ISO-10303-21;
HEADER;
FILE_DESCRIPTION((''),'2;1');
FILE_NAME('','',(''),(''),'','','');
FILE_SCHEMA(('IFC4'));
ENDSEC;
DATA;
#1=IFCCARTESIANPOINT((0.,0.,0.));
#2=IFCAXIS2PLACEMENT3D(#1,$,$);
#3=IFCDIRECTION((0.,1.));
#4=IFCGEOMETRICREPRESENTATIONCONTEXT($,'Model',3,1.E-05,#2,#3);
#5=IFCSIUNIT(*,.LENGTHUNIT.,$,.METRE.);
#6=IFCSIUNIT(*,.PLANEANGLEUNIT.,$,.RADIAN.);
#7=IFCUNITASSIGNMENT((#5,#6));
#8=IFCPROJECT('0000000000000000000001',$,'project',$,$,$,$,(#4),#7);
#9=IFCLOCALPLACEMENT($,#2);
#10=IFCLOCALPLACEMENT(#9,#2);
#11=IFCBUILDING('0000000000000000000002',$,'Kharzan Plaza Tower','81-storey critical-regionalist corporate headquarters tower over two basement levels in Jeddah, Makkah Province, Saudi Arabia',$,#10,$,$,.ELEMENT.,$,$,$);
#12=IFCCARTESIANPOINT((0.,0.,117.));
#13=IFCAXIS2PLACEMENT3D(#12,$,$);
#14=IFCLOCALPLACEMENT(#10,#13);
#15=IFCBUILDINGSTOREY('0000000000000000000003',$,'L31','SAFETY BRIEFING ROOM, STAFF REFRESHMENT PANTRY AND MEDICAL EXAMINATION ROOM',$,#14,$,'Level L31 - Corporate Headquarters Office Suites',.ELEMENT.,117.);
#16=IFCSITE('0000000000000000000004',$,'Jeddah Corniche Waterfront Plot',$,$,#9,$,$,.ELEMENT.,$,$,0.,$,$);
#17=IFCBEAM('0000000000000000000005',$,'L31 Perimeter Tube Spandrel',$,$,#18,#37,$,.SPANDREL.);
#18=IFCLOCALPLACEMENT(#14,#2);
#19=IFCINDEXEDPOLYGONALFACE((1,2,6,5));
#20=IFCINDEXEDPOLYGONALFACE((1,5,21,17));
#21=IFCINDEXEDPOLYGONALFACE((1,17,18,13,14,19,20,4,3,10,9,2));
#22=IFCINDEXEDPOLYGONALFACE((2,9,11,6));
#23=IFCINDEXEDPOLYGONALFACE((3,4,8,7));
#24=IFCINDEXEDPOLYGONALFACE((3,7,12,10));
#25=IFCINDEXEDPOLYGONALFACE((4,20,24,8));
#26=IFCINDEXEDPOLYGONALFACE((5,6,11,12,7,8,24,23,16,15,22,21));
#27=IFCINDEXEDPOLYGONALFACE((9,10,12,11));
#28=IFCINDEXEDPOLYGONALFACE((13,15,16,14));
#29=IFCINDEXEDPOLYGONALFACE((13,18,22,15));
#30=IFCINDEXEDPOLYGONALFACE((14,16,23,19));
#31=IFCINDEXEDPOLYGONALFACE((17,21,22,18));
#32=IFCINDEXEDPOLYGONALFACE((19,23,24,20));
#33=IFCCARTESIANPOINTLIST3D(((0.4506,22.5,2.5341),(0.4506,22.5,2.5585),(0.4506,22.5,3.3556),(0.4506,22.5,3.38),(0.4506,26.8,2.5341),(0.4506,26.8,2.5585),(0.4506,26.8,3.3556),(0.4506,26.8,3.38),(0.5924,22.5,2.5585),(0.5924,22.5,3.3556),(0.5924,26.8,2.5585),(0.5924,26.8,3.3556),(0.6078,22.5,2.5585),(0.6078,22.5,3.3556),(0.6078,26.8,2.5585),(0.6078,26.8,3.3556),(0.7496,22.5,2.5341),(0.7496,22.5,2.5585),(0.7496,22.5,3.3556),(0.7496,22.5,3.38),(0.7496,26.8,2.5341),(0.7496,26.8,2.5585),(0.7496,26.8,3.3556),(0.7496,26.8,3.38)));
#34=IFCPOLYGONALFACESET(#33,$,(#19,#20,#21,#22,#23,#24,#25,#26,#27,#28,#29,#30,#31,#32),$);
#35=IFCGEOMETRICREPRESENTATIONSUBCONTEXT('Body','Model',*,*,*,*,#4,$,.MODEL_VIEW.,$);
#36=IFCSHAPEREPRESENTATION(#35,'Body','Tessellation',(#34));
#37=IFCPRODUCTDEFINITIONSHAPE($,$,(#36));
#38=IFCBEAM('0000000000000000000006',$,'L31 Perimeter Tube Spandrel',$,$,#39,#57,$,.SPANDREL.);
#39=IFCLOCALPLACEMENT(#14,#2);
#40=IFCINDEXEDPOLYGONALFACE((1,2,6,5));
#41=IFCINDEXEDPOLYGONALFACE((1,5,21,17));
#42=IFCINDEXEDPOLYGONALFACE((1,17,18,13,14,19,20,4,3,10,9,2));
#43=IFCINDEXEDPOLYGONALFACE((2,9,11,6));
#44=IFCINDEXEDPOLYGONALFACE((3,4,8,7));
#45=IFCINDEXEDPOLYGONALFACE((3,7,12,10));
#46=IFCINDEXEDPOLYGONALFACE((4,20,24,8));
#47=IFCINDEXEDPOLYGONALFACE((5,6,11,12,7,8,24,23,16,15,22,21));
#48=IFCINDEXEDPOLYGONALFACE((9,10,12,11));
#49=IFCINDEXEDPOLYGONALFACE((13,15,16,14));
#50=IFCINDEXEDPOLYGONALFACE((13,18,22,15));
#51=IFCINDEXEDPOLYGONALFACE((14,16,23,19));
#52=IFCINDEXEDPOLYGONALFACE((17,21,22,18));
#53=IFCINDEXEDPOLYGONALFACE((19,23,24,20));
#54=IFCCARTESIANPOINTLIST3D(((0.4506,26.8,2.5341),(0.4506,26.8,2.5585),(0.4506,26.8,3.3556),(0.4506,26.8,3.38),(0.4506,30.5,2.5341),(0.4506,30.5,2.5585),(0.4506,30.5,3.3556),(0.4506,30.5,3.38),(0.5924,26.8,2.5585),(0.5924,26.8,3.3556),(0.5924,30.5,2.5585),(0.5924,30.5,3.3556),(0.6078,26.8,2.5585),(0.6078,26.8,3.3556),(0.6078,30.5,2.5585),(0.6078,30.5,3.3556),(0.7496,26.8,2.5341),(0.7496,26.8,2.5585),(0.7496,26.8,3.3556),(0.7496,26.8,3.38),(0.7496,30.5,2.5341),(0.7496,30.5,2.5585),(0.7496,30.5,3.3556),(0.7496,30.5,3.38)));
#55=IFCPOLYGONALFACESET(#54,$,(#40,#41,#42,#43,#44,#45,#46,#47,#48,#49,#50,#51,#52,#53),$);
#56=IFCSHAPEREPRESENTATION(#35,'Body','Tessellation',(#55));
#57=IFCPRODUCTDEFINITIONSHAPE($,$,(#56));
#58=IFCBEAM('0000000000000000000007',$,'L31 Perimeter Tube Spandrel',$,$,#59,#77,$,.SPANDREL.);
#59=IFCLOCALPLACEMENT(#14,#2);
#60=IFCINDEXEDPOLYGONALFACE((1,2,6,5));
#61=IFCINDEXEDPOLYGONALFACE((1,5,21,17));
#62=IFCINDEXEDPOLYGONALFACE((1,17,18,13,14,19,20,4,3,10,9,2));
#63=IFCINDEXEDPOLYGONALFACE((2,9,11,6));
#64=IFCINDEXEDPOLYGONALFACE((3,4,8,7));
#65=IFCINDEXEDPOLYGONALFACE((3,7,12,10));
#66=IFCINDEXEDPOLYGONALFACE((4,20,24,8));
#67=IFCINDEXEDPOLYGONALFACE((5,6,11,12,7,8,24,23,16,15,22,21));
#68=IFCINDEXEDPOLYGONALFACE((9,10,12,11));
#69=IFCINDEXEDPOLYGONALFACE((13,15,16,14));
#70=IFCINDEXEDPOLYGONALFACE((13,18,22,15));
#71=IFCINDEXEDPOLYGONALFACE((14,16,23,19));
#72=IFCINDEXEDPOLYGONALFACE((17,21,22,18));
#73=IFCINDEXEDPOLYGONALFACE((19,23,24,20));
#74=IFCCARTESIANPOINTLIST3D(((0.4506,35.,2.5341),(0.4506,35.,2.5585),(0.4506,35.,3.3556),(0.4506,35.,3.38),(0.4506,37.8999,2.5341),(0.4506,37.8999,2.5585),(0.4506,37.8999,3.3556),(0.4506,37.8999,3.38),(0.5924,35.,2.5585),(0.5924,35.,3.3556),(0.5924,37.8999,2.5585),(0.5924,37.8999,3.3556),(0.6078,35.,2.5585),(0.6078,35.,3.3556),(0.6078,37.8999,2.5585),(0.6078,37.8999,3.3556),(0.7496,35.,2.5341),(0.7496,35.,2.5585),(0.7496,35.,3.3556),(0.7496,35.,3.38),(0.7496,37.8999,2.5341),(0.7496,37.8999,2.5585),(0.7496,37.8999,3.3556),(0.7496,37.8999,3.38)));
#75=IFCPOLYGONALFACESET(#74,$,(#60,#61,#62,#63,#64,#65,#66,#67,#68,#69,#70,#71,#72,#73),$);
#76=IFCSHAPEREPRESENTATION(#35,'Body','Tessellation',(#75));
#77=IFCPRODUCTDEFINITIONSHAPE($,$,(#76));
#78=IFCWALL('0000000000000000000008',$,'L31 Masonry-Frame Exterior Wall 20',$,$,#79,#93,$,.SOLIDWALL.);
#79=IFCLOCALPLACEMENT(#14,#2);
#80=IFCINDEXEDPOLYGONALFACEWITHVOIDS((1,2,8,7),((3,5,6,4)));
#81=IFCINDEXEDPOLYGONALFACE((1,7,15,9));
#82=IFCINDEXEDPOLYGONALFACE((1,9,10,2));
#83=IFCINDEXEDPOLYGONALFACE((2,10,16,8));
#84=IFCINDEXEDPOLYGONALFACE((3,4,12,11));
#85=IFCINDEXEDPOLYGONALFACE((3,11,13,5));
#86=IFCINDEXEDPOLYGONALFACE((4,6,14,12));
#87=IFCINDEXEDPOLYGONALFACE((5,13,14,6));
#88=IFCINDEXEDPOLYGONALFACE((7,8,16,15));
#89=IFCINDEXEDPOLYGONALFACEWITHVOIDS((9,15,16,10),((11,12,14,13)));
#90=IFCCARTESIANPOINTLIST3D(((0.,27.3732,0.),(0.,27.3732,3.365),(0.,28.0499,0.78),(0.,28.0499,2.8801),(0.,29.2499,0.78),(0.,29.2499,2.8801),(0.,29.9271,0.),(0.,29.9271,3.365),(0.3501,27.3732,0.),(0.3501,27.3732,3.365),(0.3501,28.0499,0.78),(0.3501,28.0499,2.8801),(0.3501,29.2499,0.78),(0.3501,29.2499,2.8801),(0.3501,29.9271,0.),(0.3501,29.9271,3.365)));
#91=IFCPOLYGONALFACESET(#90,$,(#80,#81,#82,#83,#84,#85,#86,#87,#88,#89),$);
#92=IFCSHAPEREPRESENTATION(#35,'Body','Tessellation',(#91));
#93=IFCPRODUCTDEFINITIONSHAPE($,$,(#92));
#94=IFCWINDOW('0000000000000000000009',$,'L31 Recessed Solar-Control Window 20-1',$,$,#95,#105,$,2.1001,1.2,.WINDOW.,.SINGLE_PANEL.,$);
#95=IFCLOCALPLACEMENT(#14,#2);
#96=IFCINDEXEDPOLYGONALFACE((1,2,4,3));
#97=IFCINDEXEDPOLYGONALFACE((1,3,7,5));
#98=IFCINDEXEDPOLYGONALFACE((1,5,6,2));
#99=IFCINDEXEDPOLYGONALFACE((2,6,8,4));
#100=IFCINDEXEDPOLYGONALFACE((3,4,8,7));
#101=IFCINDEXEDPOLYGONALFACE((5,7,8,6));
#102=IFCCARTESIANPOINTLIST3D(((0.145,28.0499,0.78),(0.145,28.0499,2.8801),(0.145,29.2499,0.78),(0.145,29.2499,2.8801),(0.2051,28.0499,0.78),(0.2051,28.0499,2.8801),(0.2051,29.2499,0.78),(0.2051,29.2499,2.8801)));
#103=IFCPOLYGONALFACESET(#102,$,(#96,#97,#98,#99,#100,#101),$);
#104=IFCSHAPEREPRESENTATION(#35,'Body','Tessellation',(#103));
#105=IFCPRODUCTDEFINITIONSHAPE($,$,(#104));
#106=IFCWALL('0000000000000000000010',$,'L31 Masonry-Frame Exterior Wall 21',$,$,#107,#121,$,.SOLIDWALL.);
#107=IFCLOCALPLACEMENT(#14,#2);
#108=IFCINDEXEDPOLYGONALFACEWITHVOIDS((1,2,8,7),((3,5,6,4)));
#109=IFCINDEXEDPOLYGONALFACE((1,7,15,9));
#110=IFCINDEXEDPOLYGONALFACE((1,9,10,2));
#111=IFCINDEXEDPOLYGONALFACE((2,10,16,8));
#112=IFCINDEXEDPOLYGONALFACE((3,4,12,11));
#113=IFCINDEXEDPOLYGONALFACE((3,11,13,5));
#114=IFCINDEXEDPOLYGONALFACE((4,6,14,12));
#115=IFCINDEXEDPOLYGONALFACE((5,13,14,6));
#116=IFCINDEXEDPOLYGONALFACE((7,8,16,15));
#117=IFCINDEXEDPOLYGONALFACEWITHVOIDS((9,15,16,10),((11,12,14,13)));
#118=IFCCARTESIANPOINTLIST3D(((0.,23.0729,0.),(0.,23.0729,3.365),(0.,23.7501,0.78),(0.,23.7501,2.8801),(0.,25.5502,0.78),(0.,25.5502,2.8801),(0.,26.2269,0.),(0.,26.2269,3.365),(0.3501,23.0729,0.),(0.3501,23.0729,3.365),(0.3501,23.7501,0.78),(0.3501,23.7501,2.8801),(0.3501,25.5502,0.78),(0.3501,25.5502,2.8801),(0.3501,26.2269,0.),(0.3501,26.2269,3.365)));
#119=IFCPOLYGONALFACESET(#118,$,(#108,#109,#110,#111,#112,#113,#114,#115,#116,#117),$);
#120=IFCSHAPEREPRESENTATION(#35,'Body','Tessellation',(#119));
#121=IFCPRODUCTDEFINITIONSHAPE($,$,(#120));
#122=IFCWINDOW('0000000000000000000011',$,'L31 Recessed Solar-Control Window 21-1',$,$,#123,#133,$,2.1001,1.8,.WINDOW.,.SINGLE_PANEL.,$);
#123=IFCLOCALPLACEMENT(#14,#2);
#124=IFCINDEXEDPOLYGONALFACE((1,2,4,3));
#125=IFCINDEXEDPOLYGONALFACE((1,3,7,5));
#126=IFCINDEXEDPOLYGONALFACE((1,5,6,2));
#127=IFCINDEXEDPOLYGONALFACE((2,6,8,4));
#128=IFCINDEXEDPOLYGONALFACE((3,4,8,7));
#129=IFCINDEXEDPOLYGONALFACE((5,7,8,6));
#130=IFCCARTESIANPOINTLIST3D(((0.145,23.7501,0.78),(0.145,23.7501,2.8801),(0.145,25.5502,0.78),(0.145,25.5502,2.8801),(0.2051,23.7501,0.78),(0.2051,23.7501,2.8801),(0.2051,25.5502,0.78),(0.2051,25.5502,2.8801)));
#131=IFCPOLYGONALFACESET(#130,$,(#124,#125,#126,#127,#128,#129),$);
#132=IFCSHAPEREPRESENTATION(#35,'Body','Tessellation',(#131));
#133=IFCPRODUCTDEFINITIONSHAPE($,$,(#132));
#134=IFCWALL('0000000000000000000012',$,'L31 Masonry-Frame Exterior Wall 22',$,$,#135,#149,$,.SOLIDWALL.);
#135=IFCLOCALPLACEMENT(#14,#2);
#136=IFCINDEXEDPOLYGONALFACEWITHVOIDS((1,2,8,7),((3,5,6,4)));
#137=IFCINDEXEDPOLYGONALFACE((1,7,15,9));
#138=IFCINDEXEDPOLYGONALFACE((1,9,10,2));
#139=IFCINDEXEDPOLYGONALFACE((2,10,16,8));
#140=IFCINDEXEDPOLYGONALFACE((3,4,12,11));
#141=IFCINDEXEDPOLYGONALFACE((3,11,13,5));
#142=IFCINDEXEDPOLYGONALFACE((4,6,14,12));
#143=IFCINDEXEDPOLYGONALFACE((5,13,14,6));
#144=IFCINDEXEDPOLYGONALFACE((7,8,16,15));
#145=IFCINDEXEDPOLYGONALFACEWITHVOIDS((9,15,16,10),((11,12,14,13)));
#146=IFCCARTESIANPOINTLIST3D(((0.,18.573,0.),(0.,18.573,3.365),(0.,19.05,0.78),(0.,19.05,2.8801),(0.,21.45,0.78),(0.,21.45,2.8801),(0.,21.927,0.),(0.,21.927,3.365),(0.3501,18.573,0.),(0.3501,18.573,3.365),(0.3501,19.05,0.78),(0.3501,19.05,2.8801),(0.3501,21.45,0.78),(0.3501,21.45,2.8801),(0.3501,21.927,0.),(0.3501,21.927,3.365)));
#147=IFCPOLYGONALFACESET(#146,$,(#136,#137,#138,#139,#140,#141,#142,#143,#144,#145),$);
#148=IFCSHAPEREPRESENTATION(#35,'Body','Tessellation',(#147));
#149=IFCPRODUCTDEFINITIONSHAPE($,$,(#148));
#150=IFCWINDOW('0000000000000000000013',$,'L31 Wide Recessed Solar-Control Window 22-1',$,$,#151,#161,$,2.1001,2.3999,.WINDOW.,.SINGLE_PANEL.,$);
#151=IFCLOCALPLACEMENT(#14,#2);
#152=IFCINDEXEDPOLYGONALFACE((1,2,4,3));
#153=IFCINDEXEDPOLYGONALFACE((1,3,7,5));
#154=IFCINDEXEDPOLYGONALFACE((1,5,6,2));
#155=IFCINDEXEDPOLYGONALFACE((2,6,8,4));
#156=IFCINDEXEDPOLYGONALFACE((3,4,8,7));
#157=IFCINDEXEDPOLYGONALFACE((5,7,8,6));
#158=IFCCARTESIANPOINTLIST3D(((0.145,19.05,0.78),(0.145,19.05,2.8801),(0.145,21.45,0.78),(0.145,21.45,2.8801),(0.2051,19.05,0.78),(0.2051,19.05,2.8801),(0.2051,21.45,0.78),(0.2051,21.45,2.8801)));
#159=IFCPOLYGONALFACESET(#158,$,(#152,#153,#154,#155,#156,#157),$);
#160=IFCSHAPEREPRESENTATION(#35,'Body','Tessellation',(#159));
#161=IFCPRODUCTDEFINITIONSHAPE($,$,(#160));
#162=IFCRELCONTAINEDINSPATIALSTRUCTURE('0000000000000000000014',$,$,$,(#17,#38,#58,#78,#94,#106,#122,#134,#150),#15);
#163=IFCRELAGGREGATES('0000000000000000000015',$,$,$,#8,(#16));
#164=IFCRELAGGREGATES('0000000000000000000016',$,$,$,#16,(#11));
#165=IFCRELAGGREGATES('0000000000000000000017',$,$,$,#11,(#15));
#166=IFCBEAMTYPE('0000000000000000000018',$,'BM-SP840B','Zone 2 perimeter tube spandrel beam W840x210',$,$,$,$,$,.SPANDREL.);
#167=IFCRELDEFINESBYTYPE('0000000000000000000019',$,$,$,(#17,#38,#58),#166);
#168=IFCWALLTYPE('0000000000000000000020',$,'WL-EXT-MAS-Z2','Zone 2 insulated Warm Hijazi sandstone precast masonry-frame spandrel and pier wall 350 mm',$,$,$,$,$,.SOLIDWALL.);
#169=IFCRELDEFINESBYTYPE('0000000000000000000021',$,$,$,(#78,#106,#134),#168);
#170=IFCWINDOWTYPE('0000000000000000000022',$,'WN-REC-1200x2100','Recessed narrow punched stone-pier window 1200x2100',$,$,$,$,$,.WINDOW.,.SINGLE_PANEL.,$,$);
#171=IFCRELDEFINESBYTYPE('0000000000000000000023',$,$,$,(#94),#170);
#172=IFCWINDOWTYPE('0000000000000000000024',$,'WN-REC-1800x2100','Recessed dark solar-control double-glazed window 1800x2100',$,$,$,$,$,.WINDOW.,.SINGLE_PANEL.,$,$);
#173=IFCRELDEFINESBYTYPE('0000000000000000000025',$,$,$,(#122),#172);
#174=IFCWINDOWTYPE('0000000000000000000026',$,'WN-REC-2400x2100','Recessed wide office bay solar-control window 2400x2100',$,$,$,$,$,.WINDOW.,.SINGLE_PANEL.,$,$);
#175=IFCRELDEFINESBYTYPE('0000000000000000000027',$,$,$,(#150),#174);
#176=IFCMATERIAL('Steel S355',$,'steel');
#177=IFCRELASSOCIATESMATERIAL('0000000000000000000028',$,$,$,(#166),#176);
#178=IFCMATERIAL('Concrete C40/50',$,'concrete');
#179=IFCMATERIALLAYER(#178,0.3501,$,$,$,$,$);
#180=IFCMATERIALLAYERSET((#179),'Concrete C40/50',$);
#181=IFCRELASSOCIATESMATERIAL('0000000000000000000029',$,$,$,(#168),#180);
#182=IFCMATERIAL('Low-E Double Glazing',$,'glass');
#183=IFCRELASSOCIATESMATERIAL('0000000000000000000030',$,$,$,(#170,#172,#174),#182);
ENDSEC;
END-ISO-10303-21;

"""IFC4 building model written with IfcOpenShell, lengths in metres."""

from ifc_helpers import new_model, si_unit, direction, frame, frame_2d, origin, origin_2d, place, context, subcontext, project, spatial, rectangle, i_section, extrude, source, transform, mapped, material, layer, layer_set, material_profile, profile_set, type_object, element, fill, save


model = new_model("IFC4")

# Units and contexts
model_context = context("Model", 3, precision=1e-05, world=origin(), true_north=direction((0.0, 1.0)))
body_context = subcontext(model_context, "Body", "Model", "MODEL_VIEW")
ifc_project = project(units=[si_unit("LENGTHUNIT", "METRE"), si_unit("PLANEANGLEUNIT", "RADIAN")], contexts=[model_context])

# Site, building, storey
site_placement = place(None, origin())
site = spatial("IfcSite", under=ifc_project, at=site_placement, Name="Jeddah Corniche Waterfront Plot", CompositionType="ELEMENT", RefElevation=0.0)
building_placement = place(site_placement, origin())
building = spatial("IfcBuilding", under=site, at=building_placement, Name="Kharzan Plaza Tower", Description="81-storey critical-regionalist corporate headquarters tower over two basement levels in Jeddah, Makkah Province, Saudi Arabia", CompositionType="ELEMENT")
storey_placement = place(building_placement, frame((0.0, 0.0, 117.0)))
storey = spatial("IfcBuildingStorey", under=building, at=storey_placement, Name="L31", Description="SAFETY BRIEFING ROOM, STAFF REFRESHMENT PANTRY AND MEDICAL EXAMINATION ROOM", LongName="Level L31 - Corporate Headquarters Office Suites", CompositionType="ELEMENT", Elevation=117.0)

# Beams
ifc_material_1 = material(Name="Steel S355", Category="steel")
ifc_material_profile_1 = material_profile(ifc_material_1, i_section(OverallWidth=0.2991, OverallDepth=0.8459, WebThickness=0.0154, FlangeThickness=0.0244, at=origin_2d()), Name="W840x210")
ifc_profile_set_1 = profile_set([ifc_material_profile_1], Name="Steel S355")
beam_type_1 = type_object("IfcBeamType", Name="BM-SP840B", Description="Zone 2 perimeter tube spandrel beam W840x210", PredefinedType="SPANDREL", material=ifc_profile_set_1)
shared_shape_1 = source(origin(), body_context, "Body", "SweptSolid", [
    extrude(i_section(OverallWidth=0.2991, OverallDepth=0.8459, WebThickness=0.0154, FlangeThickness=0.0244, at=origin_2d()), origin(), (0.0, 0.0, 1.0), 4.3),
])
beam_1_placement = place(storey_placement, frame((0.6001, 22.5, 2.957), z_axis=(0.0, 1.0, 0.0), x_axis=(-1.0, 0.0, 0.0)))
element("IfcBeam", 1, at=beam_1_placement, inside=storey, type_object=beam_type_1, Name="L31 Perimeter Tube Spandrel", PredefinedType="SPANDREL", context=body_context, shape_type="MappedRepresentation", body=[
    mapped(shared_shape_1, transform((0.0, 0.0, 0.0), x_axis=(1.0, 0.0, 0.0), y_axis=(0.0, 1.0, 0.0), z_axis=(0.0, 0.0, 1.0))),
])
shared_shape_2 = source(origin(), body_context, "Body", "SweptSolid", [
    extrude(i_section(OverallWidth=0.2991, OverallDepth=0.8459, WebThickness=0.0154, FlangeThickness=0.0244, at=origin_2d()), origin(), (0.0, 0.0, 1.0), 3.7),
])
beam_2_placement = place(storey_placement, frame((0.6001, 26.8, 2.957), z_axis=(0.0, 1.0, 0.0), x_axis=(-1.0, 0.0, 0.0)))
element("IfcBeam", 2, at=beam_2_placement, inside=storey, type_object=beam_type_1, Name="L31 Perimeter Tube Spandrel", PredefinedType="SPANDREL", context=body_context, shape_type="MappedRepresentation", body=[
    mapped(shared_shape_2, transform((0.0, 0.0, 0.0), x_axis=(1.0, 0.0, 0.0), y_axis=(0.0, 1.0, 0.0), z_axis=(0.0, 0.0, 1.0))),
])
shared_shape_3 = source(origin(), body_context, "Body", "SweptSolid", [
    extrude(i_section(OverallWidth=0.2991, OverallDepth=0.8459, WebThickness=0.0154, FlangeThickness=0.0244, at=origin_2d()), origin(), (0.0, 0.0, 1.0), 2.8999),
])
beam_3_placement = place(storey_placement, frame((0.6001, 35.0, 2.957), z_axis=(0.0, 1.0, 0.0), x_axis=(-1.0, 0.0, 0.0)))
element("IfcBeam", 3, at=beam_3_placement, inside=storey, type_object=beam_type_1, Name="L31 Perimeter Tube Spandrel", PredefinedType="SPANDREL", context=body_context, shape_type="MappedRepresentation", body=[
    mapped(shared_shape_3, transform((0.0, 0.0, 0.0), x_axis=(1.0, 0.0, 0.0), y_axis=(0.0, 1.0, 0.0), z_axis=(0.0, 0.0, 1.0))),
])

# Walls, openings, windows
ifc_material_2 = material(Name="Concrete C40/50", Category="concrete")
ifc_layer_1 = layer(ifc_material_2, 0.3501)
ifc_layer_set_1 = layer_set([ifc_layer_1], Name="Concrete C40/50")
wall_type_1 = type_object("IfcWallType", Name="WL-EXT-MAS-Z2", Description="Zone 2 insulated Warm Hijazi sandstone precast masonry-frame spandrel and pier wall 350 mm", PredefinedType="SOLIDWALL", material=ifc_layer_set_1)
wall_1_placement = place(storey_placement, frame((0.175, 29.927, 0.0), z_axis=(0.0, 0.0, 1.0), x_axis=(0.0, -1.0, 0.0)))
wall_1 = element("IfcWall", 4, at=wall_1_placement, inside=storey, type_object=wall_type_1, Name="L31 Masonry-Frame Exterior Wall 20", PredefinedType="SOLIDWALL", context=body_context, shape_type="SweptSolid", body=[
    extrude(rectangle(XDim=2.554, YDim=0.3501, at=frame_2d((1.2769, 0.0))), origin(), (0.0, 0.0, 1.0), 3.365),
])
opening_1_placement = place(wall_1_placement, frame((0.677, 0.0, 0.78)))
opening_1 = element("IfcOpeningElement", 5, at=opening_1_placement, cuts=wall_1, PredefinedType="OPENING", context=body_context, shape_type="SweptSolid", body=[
    extrude(rectangle(XDim=1.2, YDim=2.1001, at=frame_2d((0.6001, 1.05))), frame((0.0, 0.1851, 0.0), z_axis=(0.0, -1.0, 0.0), x_axis=(1.0, 0.0, 0.0)), (0.0, 0.0, 1.0), 0.3701),
])
ifc_material_3 = material(Name="Low-E Double Glazing", Category="glass")
window_type_1 = type_object("IfcWindowType", Name="WN-REC-1200x2100", Description="Recessed narrow punched stone-pier window 1200x2100", PartitioningType="SINGLE_PANEL", PredefinedType="WINDOW", material=ifc_material_3)
shared_shape_4 = source(origin(), body_context, "Body", "SweptSolid", [
    extrude(rectangle(XDim=1.2, YDim=2.1001, at=frame_2d((0.6001, 1.05))), frame((0.0, 0.03, 0.0), z_axis=(0.0, -1.0, 0.0), x_axis=(1.0, 0.0, 0.0)), (0.0, 0.0, 1.0), 0.0601),
])
window_1_placement = place(opening_1_placement, origin())
window_1 = element("IfcWindow", 6, at=window_1_placement, inside=storey, type_object=window_type_1, Name="L31 Recessed Solar-Control Window 20-1", OverallHeight=2.1001, OverallWidth=1.2, PartitioningType="SINGLE_PANEL", PredefinedType="WINDOW", context=body_context, shape_type="MappedRepresentation", body=[
    mapped(shared_shape_4, transform((0.0, 0.0, 0.0), x_axis=(1.0, 0.0, 0.0), y_axis=(0.0, 1.0, 0.0), z_axis=(0.0, 0.0, 1.0))),
])
fill(opening_1, window_1)
wall_2_placement = place(storey_placement, frame((0.175, 26.2271, 0.0), z_axis=(0.0, 0.0, 1.0), x_axis=(0.0, -1.0, 0.0)))
wall_2 = element("IfcWall", 7, at=wall_2_placement, inside=storey, type_object=wall_type_1, Name="L31 Masonry-Frame Exterior Wall 21", PredefinedType="SOLIDWALL", context=body_context, shape_type="SweptSolid", body=[
    extrude(rectangle(XDim=3.1541, YDim=0.3501, at=frame_2d((1.5771, 0.0))), origin(), (0.0, 0.0, 1.0), 3.365),
])
opening_2_placement = place(wall_2_placement, frame((0.677, 0.0, 0.78)))
opening_2 = element("IfcOpeningElement", 8, at=opening_2_placement, cuts=wall_2, PredefinedType="OPENING", context=body_context, shape_type="SweptSolid", body=[
    extrude(rectangle(XDim=1.8, YDim=2.1001, at=frame_2d((0.8999, 1.05))), frame((0.0, 0.1851, 0.0), z_axis=(0.0, -1.0, 0.0), x_axis=(1.0, 0.0, 0.0)), (0.0, 0.0, 1.0), 0.3701),
])
window_type_2 = type_object("IfcWindowType", Name="WN-REC-1800x2100", Description="Recessed dark solar-control double-glazed window 1800x2100", PartitioningType="SINGLE_PANEL", PredefinedType="WINDOW", material=ifc_material_3)
shared_shape_5 = source(origin(), body_context, "Body", "SweptSolid", [
    extrude(rectangle(XDim=1.8, YDim=2.1001, at=frame_2d((0.8999, 1.05))), frame((0.0, 0.03, 0.0), z_axis=(0.0, -1.0, 0.0), x_axis=(1.0, 0.0, 0.0)), (0.0, 0.0, 1.0), 0.0601),
])
window_2_placement = place(opening_2_placement, origin())
window_2 = element("IfcWindow", 9, at=window_2_placement, inside=storey, type_object=window_type_2, Name="L31 Recessed Solar-Control Window 21-1", OverallHeight=2.1001, OverallWidth=1.8, PartitioningType="SINGLE_PANEL", PredefinedType="WINDOW", context=body_context, shape_type="MappedRepresentation", body=[
    mapped(shared_shape_5, transform((0.0, 0.0, 0.0), x_axis=(1.0, 0.0, 0.0), y_axis=(0.0, 1.0, 0.0), z_axis=(0.0, 0.0, 1.0))),
])
fill(opening_2, window_2)
wall_3_placement = place(storey_placement, frame((0.175, 21.927, 0.0), z_axis=(0.0, 0.0, 1.0), x_axis=(0.0, -1.0, 0.0)))
wall_3 = element("IfcWall", 10, at=wall_3_placement, inside=storey, type_object=wall_type_1, Name="L31 Masonry-Frame Exterior Wall 22", PredefinedType="SOLIDWALL", context=body_context, shape_type="SweptSolid", body=[
    extrude(rectangle(XDim=3.354, YDim=0.3501, at=frame_2d((1.677, 0.0))), origin(), (0.0, 0.0, 1.0), 3.365),
])
opening_3_placement = place(wall_3_placement, frame((0.4771, 0.0, 0.78)))
opening_3 = element("IfcOpeningElement", 11, at=opening_3_placement, cuts=wall_3, PredefinedType="OPENING", context=body_context, shape_type="SweptSolid", body=[
    extrude(rectangle(XDim=2.3999, YDim=2.1001, at=frame_2d((1.2, 1.05))), frame((0.0, 0.1851, 0.0), z_axis=(0.0, -1.0, 0.0), x_axis=(1.0, 0.0, 0.0)), (0.0, 0.0, 1.0), 0.3701),
])
window_type_3 = type_object("IfcWindowType", Name="WN-REC-2400x2100", Description="Recessed wide office bay solar-control window 2400x2100", PartitioningType="SINGLE_PANEL", PredefinedType="WINDOW", material=ifc_material_3)
shared_shape_6 = source(origin(), body_context, "Body", "SweptSolid", [
    extrude(rectangle(XDim=2.3999, YDim=2.1001, at=frame_2d((1.2, 1.05))), frame((0.0, 0.03, 0.0), z_axis=(0.0, -1.0, 0.0), x_axis=(1.0, 0.0, 0.0)), (0.0, 0.0, 1.0), 0.0601),
])
window_3_placement = place(opening_3_placement, origin())
window_3 = element("IfcWindow", 12, at=window_3_placement, inside=storey, type_object=window_type_3, Name="L31 Wide Recessed Solar-Control Window 22-1", OverallHeight=2.1001, OverallWidth=2.3999, PartitioningType="SINGLE_PANEL", PredefinedType="WINDOW", context=body_context, shape_type="MappedRepresentation", body=[
    mapped(shared_shape_6, transform((0.0, 0.0, 0.0), x_axis=(1.0, 0.0, 0.0), y_axis=(0.0, 1.0, 0.0), z_axis=(0.0, 0.0, 1.0))),
])
fill(opening_3, window_3)

save(model, "model.ifc")
